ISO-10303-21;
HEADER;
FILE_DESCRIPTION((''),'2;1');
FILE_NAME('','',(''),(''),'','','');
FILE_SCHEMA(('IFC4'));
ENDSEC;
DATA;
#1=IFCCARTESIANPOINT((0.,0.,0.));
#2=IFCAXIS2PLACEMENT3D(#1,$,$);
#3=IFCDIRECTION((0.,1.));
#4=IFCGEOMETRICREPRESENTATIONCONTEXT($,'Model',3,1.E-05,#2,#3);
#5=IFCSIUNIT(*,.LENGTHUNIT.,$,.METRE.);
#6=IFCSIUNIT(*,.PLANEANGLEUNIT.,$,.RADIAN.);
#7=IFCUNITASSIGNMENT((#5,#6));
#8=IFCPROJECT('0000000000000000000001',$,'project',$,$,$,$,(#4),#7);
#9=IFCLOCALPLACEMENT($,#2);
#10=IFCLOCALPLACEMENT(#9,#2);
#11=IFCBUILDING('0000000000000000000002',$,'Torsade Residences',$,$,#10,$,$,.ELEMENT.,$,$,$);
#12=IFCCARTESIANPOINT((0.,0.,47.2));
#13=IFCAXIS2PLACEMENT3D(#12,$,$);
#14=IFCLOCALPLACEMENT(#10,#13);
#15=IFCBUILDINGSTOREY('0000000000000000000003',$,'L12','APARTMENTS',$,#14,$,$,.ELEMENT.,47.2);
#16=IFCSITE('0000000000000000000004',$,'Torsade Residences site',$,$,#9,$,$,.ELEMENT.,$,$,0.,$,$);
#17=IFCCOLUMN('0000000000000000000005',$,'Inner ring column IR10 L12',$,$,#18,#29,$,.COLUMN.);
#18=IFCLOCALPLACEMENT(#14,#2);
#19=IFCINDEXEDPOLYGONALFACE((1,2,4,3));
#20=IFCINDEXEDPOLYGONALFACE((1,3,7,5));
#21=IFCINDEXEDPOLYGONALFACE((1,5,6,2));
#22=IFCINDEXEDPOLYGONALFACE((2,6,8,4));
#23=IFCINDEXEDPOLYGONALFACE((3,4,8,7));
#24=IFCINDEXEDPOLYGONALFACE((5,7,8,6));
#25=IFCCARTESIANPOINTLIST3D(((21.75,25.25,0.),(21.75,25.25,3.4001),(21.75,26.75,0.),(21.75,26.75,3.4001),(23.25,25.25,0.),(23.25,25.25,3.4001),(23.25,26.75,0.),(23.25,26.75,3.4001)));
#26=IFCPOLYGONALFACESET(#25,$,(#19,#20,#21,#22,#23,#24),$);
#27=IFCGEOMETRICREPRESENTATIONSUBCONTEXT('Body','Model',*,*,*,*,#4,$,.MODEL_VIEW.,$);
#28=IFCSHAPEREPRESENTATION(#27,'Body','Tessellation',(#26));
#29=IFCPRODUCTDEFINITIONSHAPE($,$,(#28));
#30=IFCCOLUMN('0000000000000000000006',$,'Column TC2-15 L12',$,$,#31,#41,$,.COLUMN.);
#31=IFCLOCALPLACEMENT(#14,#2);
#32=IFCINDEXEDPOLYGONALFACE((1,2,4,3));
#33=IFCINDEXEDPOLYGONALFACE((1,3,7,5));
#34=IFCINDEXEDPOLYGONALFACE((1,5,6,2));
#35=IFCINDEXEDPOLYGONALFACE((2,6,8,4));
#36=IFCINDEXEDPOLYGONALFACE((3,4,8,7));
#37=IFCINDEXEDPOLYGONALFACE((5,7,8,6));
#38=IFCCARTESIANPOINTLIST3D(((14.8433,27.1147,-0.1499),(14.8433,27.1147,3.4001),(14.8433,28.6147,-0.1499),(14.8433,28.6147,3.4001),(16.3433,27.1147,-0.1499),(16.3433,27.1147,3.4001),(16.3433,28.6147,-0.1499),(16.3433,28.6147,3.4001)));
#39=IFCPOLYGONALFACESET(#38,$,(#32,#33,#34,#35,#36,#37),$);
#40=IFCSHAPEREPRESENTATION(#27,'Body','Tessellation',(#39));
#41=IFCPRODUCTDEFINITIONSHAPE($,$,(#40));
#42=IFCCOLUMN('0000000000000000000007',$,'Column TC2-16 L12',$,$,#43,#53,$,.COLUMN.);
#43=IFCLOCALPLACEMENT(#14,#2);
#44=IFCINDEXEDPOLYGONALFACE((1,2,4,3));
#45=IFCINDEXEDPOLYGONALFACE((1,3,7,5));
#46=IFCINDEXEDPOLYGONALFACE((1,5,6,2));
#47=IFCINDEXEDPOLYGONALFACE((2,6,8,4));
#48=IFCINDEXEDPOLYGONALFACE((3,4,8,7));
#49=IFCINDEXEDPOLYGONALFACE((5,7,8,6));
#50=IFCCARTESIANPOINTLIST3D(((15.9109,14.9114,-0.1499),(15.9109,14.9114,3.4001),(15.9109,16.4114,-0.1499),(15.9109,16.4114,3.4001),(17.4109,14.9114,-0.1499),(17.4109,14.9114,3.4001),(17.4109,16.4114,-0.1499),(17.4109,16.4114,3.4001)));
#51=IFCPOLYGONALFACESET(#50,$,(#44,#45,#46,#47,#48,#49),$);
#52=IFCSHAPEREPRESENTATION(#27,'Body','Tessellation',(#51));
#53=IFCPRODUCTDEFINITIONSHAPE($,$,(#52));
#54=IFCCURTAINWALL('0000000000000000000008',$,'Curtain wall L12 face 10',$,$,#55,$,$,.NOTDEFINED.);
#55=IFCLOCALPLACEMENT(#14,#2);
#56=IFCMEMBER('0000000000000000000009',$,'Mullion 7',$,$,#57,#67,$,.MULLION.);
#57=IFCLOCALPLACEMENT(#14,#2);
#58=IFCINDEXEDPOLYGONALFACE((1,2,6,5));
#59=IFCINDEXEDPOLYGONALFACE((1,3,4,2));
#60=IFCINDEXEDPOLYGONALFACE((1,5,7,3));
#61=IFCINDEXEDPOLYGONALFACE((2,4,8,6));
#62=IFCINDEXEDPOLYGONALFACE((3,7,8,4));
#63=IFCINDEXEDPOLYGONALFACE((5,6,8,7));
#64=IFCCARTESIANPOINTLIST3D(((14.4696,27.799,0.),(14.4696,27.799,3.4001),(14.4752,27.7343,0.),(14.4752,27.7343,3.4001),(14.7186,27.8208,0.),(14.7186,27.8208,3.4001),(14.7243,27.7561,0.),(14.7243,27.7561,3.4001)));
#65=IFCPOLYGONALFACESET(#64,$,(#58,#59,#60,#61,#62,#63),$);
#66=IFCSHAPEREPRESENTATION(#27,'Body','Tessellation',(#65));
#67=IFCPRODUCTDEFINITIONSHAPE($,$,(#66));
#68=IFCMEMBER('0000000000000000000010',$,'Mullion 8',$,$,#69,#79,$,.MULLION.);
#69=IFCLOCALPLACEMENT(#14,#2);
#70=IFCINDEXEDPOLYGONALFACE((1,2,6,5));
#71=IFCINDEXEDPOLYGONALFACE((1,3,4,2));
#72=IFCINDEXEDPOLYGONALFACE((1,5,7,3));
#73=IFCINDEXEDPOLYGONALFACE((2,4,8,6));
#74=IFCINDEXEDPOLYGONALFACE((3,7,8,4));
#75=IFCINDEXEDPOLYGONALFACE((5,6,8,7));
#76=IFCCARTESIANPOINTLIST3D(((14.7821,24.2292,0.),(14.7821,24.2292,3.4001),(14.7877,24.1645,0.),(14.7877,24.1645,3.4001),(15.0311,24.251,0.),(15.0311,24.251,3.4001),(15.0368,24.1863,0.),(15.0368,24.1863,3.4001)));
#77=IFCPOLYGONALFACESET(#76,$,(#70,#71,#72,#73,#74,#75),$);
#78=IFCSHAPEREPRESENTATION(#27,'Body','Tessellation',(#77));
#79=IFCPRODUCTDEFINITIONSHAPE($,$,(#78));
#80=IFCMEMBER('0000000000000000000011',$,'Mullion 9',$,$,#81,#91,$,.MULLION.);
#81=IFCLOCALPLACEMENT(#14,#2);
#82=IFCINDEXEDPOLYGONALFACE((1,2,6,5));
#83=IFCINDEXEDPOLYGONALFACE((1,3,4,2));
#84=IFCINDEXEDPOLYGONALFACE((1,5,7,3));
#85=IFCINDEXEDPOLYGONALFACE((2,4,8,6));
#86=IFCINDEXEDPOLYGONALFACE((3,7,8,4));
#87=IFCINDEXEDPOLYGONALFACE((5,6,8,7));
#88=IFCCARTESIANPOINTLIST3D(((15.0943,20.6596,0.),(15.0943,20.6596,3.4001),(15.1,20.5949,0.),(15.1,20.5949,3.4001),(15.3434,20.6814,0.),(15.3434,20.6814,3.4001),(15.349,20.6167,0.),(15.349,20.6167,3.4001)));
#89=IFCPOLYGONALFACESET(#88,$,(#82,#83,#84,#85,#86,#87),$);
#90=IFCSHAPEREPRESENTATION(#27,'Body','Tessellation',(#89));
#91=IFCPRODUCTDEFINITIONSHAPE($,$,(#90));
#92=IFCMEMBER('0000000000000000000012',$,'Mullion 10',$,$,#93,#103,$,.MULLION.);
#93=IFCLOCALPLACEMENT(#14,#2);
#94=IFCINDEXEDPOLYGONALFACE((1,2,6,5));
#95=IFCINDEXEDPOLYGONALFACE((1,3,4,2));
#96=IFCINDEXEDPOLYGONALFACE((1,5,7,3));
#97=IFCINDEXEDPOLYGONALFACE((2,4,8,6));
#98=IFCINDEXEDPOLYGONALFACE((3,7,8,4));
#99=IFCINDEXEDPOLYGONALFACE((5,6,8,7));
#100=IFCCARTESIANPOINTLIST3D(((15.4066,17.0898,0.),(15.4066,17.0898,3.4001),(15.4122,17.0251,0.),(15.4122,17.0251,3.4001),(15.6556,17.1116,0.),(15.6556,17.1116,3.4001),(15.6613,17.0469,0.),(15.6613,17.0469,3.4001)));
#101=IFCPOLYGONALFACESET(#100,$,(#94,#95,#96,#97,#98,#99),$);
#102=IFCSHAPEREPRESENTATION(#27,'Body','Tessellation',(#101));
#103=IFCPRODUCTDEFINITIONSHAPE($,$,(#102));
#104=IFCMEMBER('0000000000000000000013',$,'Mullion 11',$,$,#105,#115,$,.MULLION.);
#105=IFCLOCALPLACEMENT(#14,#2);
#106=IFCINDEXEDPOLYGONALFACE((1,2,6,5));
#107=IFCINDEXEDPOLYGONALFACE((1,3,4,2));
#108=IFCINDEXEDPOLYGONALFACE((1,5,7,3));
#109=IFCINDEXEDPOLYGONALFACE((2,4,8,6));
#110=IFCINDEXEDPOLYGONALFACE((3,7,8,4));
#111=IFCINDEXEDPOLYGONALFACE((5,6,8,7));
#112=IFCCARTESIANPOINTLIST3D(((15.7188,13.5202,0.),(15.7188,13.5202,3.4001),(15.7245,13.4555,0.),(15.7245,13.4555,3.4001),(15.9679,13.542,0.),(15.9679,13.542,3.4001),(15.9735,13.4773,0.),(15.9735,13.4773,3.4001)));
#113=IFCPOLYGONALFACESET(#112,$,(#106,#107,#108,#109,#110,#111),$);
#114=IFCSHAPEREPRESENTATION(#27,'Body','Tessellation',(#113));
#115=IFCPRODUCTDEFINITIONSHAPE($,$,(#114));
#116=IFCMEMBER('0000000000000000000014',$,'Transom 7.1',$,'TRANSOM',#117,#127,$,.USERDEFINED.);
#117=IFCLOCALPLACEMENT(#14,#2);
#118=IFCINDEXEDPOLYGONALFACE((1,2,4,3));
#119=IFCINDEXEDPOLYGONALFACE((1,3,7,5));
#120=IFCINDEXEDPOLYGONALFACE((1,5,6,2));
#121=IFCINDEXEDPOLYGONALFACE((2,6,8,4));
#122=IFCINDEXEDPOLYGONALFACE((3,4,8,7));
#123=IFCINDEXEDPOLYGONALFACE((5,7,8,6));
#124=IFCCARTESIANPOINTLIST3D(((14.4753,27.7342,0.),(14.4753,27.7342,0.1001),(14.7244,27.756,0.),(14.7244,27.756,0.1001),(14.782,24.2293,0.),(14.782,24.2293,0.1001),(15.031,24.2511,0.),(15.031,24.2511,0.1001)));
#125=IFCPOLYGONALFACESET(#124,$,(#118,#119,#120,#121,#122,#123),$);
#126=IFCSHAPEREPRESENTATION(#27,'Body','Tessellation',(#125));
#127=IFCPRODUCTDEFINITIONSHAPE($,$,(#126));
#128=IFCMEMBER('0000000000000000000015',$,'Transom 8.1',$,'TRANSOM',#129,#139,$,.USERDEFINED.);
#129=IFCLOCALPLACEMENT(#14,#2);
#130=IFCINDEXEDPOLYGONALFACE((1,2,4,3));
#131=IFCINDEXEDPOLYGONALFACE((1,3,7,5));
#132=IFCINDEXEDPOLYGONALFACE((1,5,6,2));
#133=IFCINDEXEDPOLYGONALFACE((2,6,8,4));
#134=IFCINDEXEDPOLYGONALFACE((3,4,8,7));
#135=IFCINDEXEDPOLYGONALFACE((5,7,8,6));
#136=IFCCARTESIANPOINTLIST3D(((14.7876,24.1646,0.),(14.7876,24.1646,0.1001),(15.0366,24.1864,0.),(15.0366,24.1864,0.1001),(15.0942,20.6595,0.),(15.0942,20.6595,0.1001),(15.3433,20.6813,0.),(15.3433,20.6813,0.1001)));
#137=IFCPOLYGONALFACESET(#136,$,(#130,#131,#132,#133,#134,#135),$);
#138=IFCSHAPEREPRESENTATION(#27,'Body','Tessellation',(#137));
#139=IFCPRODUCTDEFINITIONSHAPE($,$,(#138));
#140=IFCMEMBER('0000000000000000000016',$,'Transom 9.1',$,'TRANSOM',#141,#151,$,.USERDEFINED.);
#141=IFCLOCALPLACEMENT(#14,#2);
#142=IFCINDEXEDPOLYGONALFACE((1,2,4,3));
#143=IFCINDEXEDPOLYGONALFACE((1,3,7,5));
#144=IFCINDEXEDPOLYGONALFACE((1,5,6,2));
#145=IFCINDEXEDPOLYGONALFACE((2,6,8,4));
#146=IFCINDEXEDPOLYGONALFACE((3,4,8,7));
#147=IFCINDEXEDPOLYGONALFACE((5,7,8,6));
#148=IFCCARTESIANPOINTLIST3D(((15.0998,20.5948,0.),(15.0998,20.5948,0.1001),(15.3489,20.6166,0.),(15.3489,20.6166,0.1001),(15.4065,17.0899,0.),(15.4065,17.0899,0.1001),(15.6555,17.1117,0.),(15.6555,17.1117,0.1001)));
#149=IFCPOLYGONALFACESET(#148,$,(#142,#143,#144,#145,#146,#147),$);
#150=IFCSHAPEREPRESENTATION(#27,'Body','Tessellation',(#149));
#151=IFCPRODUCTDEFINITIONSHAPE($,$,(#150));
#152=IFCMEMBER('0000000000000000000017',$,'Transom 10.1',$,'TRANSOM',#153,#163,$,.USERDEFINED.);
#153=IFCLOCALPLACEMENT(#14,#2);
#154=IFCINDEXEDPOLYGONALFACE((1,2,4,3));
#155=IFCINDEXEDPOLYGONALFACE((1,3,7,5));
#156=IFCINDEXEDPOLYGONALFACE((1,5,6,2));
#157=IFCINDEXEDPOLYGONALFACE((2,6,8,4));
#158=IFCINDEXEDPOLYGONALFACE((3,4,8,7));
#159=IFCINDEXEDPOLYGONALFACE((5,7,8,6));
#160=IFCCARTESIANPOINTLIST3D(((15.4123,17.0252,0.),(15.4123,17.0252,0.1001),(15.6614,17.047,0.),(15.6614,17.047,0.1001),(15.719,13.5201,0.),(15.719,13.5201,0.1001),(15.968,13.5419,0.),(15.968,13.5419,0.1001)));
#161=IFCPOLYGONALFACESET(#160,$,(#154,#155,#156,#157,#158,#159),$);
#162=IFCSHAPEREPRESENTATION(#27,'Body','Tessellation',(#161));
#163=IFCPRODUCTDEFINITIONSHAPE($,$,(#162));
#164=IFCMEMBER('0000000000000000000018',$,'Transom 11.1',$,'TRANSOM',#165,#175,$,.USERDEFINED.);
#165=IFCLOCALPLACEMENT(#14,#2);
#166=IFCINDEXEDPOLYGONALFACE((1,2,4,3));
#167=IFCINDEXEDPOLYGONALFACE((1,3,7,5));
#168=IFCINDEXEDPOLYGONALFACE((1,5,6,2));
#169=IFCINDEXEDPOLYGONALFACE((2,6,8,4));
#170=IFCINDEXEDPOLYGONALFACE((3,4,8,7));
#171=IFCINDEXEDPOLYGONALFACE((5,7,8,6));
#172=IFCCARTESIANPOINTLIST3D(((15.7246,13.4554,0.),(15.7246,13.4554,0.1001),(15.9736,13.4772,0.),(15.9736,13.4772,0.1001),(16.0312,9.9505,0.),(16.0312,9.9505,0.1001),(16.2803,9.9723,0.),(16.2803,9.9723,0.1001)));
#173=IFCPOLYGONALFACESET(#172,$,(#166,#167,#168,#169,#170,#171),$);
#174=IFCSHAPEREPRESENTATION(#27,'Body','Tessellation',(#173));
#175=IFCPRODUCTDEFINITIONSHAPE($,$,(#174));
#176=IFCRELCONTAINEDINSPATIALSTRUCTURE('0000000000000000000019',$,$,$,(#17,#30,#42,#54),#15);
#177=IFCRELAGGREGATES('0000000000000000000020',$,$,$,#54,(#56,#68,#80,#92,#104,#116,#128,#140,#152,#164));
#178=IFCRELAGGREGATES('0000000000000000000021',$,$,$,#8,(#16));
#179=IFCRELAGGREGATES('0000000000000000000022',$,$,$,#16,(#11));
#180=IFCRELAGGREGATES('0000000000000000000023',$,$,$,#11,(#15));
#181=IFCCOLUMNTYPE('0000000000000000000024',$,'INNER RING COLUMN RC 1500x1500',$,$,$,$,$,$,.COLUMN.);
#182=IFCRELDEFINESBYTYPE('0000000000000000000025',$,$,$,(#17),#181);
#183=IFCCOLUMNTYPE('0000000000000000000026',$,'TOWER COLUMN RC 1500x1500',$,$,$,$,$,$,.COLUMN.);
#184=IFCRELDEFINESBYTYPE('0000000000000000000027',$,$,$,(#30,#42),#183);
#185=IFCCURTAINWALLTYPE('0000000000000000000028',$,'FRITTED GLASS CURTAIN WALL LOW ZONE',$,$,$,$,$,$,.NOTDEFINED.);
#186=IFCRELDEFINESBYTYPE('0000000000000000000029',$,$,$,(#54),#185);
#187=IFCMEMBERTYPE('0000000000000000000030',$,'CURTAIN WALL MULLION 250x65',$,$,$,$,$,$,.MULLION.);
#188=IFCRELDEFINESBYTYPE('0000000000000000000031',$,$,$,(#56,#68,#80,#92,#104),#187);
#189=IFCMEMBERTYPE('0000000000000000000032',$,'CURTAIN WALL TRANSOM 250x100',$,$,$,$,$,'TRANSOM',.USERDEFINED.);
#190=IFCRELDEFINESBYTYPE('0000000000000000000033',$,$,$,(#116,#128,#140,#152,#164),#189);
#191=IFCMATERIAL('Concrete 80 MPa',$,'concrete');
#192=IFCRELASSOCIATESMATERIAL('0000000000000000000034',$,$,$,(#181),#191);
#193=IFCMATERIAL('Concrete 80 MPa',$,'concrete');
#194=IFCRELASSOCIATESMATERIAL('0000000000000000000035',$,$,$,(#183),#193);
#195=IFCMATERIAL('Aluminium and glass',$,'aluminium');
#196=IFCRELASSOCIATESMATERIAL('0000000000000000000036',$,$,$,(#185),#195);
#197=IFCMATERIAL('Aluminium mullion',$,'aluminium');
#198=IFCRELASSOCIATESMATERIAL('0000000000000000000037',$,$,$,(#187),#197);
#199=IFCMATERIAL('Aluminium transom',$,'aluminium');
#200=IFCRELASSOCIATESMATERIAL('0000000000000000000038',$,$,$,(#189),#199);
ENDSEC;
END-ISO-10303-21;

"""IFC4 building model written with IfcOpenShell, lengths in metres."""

from ifc_helpers import new_model, si_unit, direction, frame, origin, origin_2d, place, context, subcontext, project, spatial, rectangle, extrude, material, material_profile, profile_set, type_object, element, aggregate, save


model = new_model("IFC4")

# Units and contexts
model_context = context("Model", 3, precision=1e-05, world=origin(), true_north=direction((0.0, 1.0)))
body_context = subcontext(model_context, "Body", "Model", "MODEL_VIEW")
ifc_project = project(units=[si_unit("LENGTHUNIT", "METRE"), si_unit("PLANEANGLEUNIT", "RADIAN")], contexts=[model_context])

# Site, building, storey
site_placement = place(None, origin())
site = spatial("IfcSite", under=ifc_project, at=site_placement, Name="Torsade Residences site", CompositionType="ELEMENT", RefElevation=0.0)
building_placement = place(site_placement, origin())
building = spatial("IfcBuilding", under=site, at=building_placement, Name="Torsade Residences", CompositionType="ELEMENT")
storey_placement = place(building_placement, frame((0.0, 0.0, 47.2)))
storey = spatial("IfcBuildingStorey", under=building, at=storey_placement, Name="L12", Description="APARTMENTS", CompositionType="ELEMENT", Elevation=47.2)

# Columns
ifc_material_1 = material(Name="Concrete 80 MPa", Category="concrete")
ifc_material_profile_1 = material_profile(ifc_material_1, rectangle(XDim=1.5, YDim=1.5, at=origin_2d()), Name="RC 1500x1500")
ifc_profile_set_1 = profile_set([ifc_material_profile_1], Name="Concrete 80 MPa")
column_type_1 = type_object("IfcColumnType", Name="INNER RING COLUMN RC 1500x1500", PredefinedType="COLUMN", material=ifc_profile_set_1)
column_placement = place(storey_placement, frame((22.5, 26.0, 0.0), z_axis=(0.0, 0.0, 1.0), x_axis=(1.0, 0.0, 0.0)))
element("IfcColumn", 1, at=column_placement, inside=storey, type_object=column_type_1, Name="Inner ring column IR10 L12", PredefinedType="COLUMN", context=body_context, shape_type="SweptSolid", body=[
    extrude(rectangle(XDim=1.5, YDim=1.5, at=origin_2d()), origin(), (0.0, 0.0, 1.0), 3.4001),
])
ifc_material_2 = material(Name="Concrete 80 MPa", Category="concrete")
ifc_material_profile_2 = material_profile(ifc_material_2, rectangle(XDim=1.5, YDim=1.5, at=origin_2d()), Name="RC 1500x1500")
ifc_profile_set_2 = profile_set([ifc_material_profile_2], Name="Concrete 80 MPa")
column_type_2 = type_object("IfcColumnType", Name="TOWER COLUMN RC 1500x1500", PredefinedType="COLUMN", material=ifc_profile_set_2)
for number, where, z_axis, x_axis, name in (
    (2, (15.5933, 27.8647, -0.1499), (0.0, 0.0, 1.0), (1.0, 0.0, 0.0), "Column TC2-15 L12"),
    (3, (16.6609, 15.6614, -0.1499), (0.0, 0.0, 1.0), (1.0, 0.0, 0.0), "Column TC2-16 L12"),
):
    element("IfcColumn", number, at=place(storey_placement, frame(where, z_axis=z_axis, x_axis=x_axis)), inside=storey, type_object=column_type_2, Name=name, PredefinedType="COLUMN", context=body_context, shape_type="SweptSolid", body=[
        extrude(rectangle(XDim=1.5, YDim=1.5, at=origin_2d()), origin(), (0.0, 0.0, 1.0), 3.55),
    ])

# Curtain wall, members
ifc_material_3 = material(Name="Aluminium and glass", Category="aluminium")
curtain_wall_type = type_object("IfcCurtainWallType", Name="FRITTED GLASS CURTAIN WALL LOW ZONE", PredefinedType="NOTDEFINED", material=ifc_material_3)
curtain_wall_placement = place(storey_placement, origin())
curtain_wall = element("IfcCurtainWall", 4, at=curtain_wall_placement, inside=storey, type_object=curtain_wall_type, Name="Curtain wall L12 face 10", PredefinedType="NOTDEFINED")
ifc_material_4 = material(Name="Aluminium mullion", Category="aluminium")
ifc_material_profile_3 = material_profile(ifc_material_4, rectangle(XDim=0.25, YDim=0.0649, at=origin_2d()), Name="CURTAIN WALL MULLION 250x65")
ifc_profile_set_3 = profile_set([ifc_material_profile_3], Name="Aluminium mullion")
member_type_1 = type_object("IfcMemberType", Name="CURTAIN WALL MULLION 250x65", PredefinedType="MULLION", material=ifc_profile_set_3)
member_1_placement = place(storey_placement, frame((14.5969, 27.7776, 0.0), z_axis=(0.0, 0.0, 1.0), x_axis=(0.996195, 0.087156, 0.0)))
member_1 = element("IfcMember", 5, at=member_1_placement, type_object=member_type_1, Name="Mullion 7", PredefinedType="MULLION", context=body_context, shape_type="SweptSolid", body=[
    extrude(rectangle(XDim=0.25, YDim=0.0649, at=origin_2d()), origin(), (0.0, 0.0, 1.0), 3.4001),
])
member_2_placement = place(storey_placement, frame((14.9094, 24.2078, 0.0), z_axis=(0.0, 0.0, 1.0), x_axis=(0.996195, 0.087156, 0.0)))
member_2 = element("IfcMember", 6, at=member_2_placement, type_object=member_type_1, Name="Mullion 8", PredefinedType="MULLION", context=body_context, shape_type="SweptSolid", body=[
    extrude(rectangle(XDim=0.25, YDim=0.0649, at=origin_2d()), origin(), (0.0, 0.0, 1.0), 3.4001),
])
member_3_placement = place(storey_placement, frame((15.2217, 20.6382, 0.0), z_axis=(0.0, 0.0, 1.0), x_axis=(0.996195, 0.087156, 0.0)))
member_3 = element("IfcMember", 7, at=member_3_placement, type_object=member_type_1, Name="Mullion 9", PredefinedType="MULLION", context=body_context, shape_type="SweptSolid", body=[
    extrude(rectangle(XDim=0.25, YDim=0.0649, at=origin_2d()), origin(), (0.0, 0.0, 1.0), 3.4001),
])
member_4_placement = place(storey_placement, frame((15.5339, 17.0684, 0.0), z_axis=(0.0, 0.0, 1.0), x_axis=(0.996195, 0.087156, 0.0)))
member_4 = element("IfcMember", 8, at=member_4_placement, type_object=member_type_1, Name="Mullion 10", PredefinedType="MULLION", context=body_context, shape_type="SweptSolid", body=[
    extrude(rectangle(XDim=0.25, YDim=0.0649, at=origin_2d()), origin(), (0.0, 0.0, 1.0), 3.4001),
])
member_5_placement = place(storey_placement, frame((15.8462, 13.4988, 0.0), z_axis=(0.0, 0.0, 1.0), x_axis=(0.996195, 0.087156, 0.0)))
member_5 = element("IfcMember", 9, at=member_5_placement, type_object=member_type_1, Name="Mullion 11", PredefinedType="MULLION", context=body_context, shape_type="SweptSolid", body=[
    extrude(rectangle(XDim=0.25, YDim=0.0649, at=origin_2d()), origin(), (0.0, 0.0, 1.0), 3.4001),
])
ifc_material_5 = material(Name="Aluminium transom", Category="aluminium")
ifc_material_profile_4 = material_profile(ifc_material_5, rectangle(XDim=0.25, YDim=0.1001, at=origin_2d()), Name="CURTAIN WALL TRANSOM 250x100")
ifc_profile_set_4 = profile_set([ifc_material_profile_4], Name="Aluminium transom")
member_type_2 = type_object("IfcMemberType", Name="CURTAIN WALL TRANSOM 250x100", ElementType="TRANSOM", PredefinedType="USERDEFINED", material=ifc_profile_set_4)
member_6_placement = place(storey_placement, frame((14.5999, 27.7451, 0.05), z_axis=(0.087157, -0.996195, 0.0), x_axis=(0.996195, 0.087157, 0.0)))
member_6 = element("IfcMember", 10, at=member_6_placement, type_object=member_type_2, Name="Transom 7.1", ObjectType="TRANSOM", PredefinedType="USERDEFINED", context=body_context, shape_type="SweptSolid", body=[
    extrude(rectangle(XDim=0.25, YDim=0.1001, at=origin_2d()), origin(), (0.0, 0.0, 1.0), 3.5183),
])
member_7_placement = place(storey_placement, frame((14.9121, 24.1755, 0.05), z_axis=(0.087151, -0.996195, 0.0), x_axis=(0.996195, 0.087151, 0.0)))
member_7 = element("IfcMember", 11, at=member_7_placement, type_object=member_type_2, Name="Transom 8.1", ObjectType="TRANSOM", PredefinedType="USERDEFINED", context=body_context, shape_type="SweptSolid", body=[
    extrude(rectangle(XDim=0.25, YDim=0.1001, at=origin_2d()), origin(), (0.0, 0.0, 1.0), 3.5186),
])
member_8_placement = place(storey_placement, frame((15.2244, 20.6057, 0.05), z_axis=(0.087157, -0.996195, 0.0), x_axis=(0.996195, 0.087157, 0.0)))
member_8 = element("IfcMember", 12, at=member_8_placement, type_object=member_type_2, Name="Transom 9.1", ObjectType="TRANSOM", PredefinedType="USERDEFINED", context=body_context, shape_type="SweptSolid", body=[
    extrude(rectangle(XDim=0.25, YDim=0.1001, at=origin_2d()), origin(), (0.0, 0.0, 1.0), 3.5183),
])
member_9_placement = place(storey_placement, frame((15.5369, 17.0361, 0.05), z_axis=(0.087151, -0.996195, 0.0), x_axis=(0.996195, 0.087151, 0.0)))
member_9 = element("IfcMember", 13, at=member_9_placement, type_object=member_type_2, Name="Transom 10.1", ObjectType="TRANSOM", PredefinedType="USERDEFINED", context=body_context, shape_type="SweptSolid", body=[
    extrude(rectangle(XDim=0.25, YDim=0.1001, at=origin_2d()), origin(), (0.0, 0.0, 1.0), 3.5186),
])
member_10_placement = place(storey_placement, frame((15.8491, 13.4663, 0.05), z_axis=(0.087157, -0.996195, 0.0), x_axis=(0.996195, 0.087157, 0.0)))
member_10 = element("IfcMember", 14, at=member_10_placement, type_object=member_type_2, Name="Transom 11.1", ObjectType="TRANSOM", PredefinedType="USERDEFINED", context=body_context, shape_type="SweptSolid", body=[
    extrude(rectangle(XDim=0.25, YDim=0.1001, at=origin_2d()), origin(), (0.0, 0.0, 1.0), 3.5183),
])

aggregate(curtain_wall, [member_1, member_2, member_3, member_4, member_5, member_6, member_7, member_8, member_9, member_10])

save(model, "model.ifc")
